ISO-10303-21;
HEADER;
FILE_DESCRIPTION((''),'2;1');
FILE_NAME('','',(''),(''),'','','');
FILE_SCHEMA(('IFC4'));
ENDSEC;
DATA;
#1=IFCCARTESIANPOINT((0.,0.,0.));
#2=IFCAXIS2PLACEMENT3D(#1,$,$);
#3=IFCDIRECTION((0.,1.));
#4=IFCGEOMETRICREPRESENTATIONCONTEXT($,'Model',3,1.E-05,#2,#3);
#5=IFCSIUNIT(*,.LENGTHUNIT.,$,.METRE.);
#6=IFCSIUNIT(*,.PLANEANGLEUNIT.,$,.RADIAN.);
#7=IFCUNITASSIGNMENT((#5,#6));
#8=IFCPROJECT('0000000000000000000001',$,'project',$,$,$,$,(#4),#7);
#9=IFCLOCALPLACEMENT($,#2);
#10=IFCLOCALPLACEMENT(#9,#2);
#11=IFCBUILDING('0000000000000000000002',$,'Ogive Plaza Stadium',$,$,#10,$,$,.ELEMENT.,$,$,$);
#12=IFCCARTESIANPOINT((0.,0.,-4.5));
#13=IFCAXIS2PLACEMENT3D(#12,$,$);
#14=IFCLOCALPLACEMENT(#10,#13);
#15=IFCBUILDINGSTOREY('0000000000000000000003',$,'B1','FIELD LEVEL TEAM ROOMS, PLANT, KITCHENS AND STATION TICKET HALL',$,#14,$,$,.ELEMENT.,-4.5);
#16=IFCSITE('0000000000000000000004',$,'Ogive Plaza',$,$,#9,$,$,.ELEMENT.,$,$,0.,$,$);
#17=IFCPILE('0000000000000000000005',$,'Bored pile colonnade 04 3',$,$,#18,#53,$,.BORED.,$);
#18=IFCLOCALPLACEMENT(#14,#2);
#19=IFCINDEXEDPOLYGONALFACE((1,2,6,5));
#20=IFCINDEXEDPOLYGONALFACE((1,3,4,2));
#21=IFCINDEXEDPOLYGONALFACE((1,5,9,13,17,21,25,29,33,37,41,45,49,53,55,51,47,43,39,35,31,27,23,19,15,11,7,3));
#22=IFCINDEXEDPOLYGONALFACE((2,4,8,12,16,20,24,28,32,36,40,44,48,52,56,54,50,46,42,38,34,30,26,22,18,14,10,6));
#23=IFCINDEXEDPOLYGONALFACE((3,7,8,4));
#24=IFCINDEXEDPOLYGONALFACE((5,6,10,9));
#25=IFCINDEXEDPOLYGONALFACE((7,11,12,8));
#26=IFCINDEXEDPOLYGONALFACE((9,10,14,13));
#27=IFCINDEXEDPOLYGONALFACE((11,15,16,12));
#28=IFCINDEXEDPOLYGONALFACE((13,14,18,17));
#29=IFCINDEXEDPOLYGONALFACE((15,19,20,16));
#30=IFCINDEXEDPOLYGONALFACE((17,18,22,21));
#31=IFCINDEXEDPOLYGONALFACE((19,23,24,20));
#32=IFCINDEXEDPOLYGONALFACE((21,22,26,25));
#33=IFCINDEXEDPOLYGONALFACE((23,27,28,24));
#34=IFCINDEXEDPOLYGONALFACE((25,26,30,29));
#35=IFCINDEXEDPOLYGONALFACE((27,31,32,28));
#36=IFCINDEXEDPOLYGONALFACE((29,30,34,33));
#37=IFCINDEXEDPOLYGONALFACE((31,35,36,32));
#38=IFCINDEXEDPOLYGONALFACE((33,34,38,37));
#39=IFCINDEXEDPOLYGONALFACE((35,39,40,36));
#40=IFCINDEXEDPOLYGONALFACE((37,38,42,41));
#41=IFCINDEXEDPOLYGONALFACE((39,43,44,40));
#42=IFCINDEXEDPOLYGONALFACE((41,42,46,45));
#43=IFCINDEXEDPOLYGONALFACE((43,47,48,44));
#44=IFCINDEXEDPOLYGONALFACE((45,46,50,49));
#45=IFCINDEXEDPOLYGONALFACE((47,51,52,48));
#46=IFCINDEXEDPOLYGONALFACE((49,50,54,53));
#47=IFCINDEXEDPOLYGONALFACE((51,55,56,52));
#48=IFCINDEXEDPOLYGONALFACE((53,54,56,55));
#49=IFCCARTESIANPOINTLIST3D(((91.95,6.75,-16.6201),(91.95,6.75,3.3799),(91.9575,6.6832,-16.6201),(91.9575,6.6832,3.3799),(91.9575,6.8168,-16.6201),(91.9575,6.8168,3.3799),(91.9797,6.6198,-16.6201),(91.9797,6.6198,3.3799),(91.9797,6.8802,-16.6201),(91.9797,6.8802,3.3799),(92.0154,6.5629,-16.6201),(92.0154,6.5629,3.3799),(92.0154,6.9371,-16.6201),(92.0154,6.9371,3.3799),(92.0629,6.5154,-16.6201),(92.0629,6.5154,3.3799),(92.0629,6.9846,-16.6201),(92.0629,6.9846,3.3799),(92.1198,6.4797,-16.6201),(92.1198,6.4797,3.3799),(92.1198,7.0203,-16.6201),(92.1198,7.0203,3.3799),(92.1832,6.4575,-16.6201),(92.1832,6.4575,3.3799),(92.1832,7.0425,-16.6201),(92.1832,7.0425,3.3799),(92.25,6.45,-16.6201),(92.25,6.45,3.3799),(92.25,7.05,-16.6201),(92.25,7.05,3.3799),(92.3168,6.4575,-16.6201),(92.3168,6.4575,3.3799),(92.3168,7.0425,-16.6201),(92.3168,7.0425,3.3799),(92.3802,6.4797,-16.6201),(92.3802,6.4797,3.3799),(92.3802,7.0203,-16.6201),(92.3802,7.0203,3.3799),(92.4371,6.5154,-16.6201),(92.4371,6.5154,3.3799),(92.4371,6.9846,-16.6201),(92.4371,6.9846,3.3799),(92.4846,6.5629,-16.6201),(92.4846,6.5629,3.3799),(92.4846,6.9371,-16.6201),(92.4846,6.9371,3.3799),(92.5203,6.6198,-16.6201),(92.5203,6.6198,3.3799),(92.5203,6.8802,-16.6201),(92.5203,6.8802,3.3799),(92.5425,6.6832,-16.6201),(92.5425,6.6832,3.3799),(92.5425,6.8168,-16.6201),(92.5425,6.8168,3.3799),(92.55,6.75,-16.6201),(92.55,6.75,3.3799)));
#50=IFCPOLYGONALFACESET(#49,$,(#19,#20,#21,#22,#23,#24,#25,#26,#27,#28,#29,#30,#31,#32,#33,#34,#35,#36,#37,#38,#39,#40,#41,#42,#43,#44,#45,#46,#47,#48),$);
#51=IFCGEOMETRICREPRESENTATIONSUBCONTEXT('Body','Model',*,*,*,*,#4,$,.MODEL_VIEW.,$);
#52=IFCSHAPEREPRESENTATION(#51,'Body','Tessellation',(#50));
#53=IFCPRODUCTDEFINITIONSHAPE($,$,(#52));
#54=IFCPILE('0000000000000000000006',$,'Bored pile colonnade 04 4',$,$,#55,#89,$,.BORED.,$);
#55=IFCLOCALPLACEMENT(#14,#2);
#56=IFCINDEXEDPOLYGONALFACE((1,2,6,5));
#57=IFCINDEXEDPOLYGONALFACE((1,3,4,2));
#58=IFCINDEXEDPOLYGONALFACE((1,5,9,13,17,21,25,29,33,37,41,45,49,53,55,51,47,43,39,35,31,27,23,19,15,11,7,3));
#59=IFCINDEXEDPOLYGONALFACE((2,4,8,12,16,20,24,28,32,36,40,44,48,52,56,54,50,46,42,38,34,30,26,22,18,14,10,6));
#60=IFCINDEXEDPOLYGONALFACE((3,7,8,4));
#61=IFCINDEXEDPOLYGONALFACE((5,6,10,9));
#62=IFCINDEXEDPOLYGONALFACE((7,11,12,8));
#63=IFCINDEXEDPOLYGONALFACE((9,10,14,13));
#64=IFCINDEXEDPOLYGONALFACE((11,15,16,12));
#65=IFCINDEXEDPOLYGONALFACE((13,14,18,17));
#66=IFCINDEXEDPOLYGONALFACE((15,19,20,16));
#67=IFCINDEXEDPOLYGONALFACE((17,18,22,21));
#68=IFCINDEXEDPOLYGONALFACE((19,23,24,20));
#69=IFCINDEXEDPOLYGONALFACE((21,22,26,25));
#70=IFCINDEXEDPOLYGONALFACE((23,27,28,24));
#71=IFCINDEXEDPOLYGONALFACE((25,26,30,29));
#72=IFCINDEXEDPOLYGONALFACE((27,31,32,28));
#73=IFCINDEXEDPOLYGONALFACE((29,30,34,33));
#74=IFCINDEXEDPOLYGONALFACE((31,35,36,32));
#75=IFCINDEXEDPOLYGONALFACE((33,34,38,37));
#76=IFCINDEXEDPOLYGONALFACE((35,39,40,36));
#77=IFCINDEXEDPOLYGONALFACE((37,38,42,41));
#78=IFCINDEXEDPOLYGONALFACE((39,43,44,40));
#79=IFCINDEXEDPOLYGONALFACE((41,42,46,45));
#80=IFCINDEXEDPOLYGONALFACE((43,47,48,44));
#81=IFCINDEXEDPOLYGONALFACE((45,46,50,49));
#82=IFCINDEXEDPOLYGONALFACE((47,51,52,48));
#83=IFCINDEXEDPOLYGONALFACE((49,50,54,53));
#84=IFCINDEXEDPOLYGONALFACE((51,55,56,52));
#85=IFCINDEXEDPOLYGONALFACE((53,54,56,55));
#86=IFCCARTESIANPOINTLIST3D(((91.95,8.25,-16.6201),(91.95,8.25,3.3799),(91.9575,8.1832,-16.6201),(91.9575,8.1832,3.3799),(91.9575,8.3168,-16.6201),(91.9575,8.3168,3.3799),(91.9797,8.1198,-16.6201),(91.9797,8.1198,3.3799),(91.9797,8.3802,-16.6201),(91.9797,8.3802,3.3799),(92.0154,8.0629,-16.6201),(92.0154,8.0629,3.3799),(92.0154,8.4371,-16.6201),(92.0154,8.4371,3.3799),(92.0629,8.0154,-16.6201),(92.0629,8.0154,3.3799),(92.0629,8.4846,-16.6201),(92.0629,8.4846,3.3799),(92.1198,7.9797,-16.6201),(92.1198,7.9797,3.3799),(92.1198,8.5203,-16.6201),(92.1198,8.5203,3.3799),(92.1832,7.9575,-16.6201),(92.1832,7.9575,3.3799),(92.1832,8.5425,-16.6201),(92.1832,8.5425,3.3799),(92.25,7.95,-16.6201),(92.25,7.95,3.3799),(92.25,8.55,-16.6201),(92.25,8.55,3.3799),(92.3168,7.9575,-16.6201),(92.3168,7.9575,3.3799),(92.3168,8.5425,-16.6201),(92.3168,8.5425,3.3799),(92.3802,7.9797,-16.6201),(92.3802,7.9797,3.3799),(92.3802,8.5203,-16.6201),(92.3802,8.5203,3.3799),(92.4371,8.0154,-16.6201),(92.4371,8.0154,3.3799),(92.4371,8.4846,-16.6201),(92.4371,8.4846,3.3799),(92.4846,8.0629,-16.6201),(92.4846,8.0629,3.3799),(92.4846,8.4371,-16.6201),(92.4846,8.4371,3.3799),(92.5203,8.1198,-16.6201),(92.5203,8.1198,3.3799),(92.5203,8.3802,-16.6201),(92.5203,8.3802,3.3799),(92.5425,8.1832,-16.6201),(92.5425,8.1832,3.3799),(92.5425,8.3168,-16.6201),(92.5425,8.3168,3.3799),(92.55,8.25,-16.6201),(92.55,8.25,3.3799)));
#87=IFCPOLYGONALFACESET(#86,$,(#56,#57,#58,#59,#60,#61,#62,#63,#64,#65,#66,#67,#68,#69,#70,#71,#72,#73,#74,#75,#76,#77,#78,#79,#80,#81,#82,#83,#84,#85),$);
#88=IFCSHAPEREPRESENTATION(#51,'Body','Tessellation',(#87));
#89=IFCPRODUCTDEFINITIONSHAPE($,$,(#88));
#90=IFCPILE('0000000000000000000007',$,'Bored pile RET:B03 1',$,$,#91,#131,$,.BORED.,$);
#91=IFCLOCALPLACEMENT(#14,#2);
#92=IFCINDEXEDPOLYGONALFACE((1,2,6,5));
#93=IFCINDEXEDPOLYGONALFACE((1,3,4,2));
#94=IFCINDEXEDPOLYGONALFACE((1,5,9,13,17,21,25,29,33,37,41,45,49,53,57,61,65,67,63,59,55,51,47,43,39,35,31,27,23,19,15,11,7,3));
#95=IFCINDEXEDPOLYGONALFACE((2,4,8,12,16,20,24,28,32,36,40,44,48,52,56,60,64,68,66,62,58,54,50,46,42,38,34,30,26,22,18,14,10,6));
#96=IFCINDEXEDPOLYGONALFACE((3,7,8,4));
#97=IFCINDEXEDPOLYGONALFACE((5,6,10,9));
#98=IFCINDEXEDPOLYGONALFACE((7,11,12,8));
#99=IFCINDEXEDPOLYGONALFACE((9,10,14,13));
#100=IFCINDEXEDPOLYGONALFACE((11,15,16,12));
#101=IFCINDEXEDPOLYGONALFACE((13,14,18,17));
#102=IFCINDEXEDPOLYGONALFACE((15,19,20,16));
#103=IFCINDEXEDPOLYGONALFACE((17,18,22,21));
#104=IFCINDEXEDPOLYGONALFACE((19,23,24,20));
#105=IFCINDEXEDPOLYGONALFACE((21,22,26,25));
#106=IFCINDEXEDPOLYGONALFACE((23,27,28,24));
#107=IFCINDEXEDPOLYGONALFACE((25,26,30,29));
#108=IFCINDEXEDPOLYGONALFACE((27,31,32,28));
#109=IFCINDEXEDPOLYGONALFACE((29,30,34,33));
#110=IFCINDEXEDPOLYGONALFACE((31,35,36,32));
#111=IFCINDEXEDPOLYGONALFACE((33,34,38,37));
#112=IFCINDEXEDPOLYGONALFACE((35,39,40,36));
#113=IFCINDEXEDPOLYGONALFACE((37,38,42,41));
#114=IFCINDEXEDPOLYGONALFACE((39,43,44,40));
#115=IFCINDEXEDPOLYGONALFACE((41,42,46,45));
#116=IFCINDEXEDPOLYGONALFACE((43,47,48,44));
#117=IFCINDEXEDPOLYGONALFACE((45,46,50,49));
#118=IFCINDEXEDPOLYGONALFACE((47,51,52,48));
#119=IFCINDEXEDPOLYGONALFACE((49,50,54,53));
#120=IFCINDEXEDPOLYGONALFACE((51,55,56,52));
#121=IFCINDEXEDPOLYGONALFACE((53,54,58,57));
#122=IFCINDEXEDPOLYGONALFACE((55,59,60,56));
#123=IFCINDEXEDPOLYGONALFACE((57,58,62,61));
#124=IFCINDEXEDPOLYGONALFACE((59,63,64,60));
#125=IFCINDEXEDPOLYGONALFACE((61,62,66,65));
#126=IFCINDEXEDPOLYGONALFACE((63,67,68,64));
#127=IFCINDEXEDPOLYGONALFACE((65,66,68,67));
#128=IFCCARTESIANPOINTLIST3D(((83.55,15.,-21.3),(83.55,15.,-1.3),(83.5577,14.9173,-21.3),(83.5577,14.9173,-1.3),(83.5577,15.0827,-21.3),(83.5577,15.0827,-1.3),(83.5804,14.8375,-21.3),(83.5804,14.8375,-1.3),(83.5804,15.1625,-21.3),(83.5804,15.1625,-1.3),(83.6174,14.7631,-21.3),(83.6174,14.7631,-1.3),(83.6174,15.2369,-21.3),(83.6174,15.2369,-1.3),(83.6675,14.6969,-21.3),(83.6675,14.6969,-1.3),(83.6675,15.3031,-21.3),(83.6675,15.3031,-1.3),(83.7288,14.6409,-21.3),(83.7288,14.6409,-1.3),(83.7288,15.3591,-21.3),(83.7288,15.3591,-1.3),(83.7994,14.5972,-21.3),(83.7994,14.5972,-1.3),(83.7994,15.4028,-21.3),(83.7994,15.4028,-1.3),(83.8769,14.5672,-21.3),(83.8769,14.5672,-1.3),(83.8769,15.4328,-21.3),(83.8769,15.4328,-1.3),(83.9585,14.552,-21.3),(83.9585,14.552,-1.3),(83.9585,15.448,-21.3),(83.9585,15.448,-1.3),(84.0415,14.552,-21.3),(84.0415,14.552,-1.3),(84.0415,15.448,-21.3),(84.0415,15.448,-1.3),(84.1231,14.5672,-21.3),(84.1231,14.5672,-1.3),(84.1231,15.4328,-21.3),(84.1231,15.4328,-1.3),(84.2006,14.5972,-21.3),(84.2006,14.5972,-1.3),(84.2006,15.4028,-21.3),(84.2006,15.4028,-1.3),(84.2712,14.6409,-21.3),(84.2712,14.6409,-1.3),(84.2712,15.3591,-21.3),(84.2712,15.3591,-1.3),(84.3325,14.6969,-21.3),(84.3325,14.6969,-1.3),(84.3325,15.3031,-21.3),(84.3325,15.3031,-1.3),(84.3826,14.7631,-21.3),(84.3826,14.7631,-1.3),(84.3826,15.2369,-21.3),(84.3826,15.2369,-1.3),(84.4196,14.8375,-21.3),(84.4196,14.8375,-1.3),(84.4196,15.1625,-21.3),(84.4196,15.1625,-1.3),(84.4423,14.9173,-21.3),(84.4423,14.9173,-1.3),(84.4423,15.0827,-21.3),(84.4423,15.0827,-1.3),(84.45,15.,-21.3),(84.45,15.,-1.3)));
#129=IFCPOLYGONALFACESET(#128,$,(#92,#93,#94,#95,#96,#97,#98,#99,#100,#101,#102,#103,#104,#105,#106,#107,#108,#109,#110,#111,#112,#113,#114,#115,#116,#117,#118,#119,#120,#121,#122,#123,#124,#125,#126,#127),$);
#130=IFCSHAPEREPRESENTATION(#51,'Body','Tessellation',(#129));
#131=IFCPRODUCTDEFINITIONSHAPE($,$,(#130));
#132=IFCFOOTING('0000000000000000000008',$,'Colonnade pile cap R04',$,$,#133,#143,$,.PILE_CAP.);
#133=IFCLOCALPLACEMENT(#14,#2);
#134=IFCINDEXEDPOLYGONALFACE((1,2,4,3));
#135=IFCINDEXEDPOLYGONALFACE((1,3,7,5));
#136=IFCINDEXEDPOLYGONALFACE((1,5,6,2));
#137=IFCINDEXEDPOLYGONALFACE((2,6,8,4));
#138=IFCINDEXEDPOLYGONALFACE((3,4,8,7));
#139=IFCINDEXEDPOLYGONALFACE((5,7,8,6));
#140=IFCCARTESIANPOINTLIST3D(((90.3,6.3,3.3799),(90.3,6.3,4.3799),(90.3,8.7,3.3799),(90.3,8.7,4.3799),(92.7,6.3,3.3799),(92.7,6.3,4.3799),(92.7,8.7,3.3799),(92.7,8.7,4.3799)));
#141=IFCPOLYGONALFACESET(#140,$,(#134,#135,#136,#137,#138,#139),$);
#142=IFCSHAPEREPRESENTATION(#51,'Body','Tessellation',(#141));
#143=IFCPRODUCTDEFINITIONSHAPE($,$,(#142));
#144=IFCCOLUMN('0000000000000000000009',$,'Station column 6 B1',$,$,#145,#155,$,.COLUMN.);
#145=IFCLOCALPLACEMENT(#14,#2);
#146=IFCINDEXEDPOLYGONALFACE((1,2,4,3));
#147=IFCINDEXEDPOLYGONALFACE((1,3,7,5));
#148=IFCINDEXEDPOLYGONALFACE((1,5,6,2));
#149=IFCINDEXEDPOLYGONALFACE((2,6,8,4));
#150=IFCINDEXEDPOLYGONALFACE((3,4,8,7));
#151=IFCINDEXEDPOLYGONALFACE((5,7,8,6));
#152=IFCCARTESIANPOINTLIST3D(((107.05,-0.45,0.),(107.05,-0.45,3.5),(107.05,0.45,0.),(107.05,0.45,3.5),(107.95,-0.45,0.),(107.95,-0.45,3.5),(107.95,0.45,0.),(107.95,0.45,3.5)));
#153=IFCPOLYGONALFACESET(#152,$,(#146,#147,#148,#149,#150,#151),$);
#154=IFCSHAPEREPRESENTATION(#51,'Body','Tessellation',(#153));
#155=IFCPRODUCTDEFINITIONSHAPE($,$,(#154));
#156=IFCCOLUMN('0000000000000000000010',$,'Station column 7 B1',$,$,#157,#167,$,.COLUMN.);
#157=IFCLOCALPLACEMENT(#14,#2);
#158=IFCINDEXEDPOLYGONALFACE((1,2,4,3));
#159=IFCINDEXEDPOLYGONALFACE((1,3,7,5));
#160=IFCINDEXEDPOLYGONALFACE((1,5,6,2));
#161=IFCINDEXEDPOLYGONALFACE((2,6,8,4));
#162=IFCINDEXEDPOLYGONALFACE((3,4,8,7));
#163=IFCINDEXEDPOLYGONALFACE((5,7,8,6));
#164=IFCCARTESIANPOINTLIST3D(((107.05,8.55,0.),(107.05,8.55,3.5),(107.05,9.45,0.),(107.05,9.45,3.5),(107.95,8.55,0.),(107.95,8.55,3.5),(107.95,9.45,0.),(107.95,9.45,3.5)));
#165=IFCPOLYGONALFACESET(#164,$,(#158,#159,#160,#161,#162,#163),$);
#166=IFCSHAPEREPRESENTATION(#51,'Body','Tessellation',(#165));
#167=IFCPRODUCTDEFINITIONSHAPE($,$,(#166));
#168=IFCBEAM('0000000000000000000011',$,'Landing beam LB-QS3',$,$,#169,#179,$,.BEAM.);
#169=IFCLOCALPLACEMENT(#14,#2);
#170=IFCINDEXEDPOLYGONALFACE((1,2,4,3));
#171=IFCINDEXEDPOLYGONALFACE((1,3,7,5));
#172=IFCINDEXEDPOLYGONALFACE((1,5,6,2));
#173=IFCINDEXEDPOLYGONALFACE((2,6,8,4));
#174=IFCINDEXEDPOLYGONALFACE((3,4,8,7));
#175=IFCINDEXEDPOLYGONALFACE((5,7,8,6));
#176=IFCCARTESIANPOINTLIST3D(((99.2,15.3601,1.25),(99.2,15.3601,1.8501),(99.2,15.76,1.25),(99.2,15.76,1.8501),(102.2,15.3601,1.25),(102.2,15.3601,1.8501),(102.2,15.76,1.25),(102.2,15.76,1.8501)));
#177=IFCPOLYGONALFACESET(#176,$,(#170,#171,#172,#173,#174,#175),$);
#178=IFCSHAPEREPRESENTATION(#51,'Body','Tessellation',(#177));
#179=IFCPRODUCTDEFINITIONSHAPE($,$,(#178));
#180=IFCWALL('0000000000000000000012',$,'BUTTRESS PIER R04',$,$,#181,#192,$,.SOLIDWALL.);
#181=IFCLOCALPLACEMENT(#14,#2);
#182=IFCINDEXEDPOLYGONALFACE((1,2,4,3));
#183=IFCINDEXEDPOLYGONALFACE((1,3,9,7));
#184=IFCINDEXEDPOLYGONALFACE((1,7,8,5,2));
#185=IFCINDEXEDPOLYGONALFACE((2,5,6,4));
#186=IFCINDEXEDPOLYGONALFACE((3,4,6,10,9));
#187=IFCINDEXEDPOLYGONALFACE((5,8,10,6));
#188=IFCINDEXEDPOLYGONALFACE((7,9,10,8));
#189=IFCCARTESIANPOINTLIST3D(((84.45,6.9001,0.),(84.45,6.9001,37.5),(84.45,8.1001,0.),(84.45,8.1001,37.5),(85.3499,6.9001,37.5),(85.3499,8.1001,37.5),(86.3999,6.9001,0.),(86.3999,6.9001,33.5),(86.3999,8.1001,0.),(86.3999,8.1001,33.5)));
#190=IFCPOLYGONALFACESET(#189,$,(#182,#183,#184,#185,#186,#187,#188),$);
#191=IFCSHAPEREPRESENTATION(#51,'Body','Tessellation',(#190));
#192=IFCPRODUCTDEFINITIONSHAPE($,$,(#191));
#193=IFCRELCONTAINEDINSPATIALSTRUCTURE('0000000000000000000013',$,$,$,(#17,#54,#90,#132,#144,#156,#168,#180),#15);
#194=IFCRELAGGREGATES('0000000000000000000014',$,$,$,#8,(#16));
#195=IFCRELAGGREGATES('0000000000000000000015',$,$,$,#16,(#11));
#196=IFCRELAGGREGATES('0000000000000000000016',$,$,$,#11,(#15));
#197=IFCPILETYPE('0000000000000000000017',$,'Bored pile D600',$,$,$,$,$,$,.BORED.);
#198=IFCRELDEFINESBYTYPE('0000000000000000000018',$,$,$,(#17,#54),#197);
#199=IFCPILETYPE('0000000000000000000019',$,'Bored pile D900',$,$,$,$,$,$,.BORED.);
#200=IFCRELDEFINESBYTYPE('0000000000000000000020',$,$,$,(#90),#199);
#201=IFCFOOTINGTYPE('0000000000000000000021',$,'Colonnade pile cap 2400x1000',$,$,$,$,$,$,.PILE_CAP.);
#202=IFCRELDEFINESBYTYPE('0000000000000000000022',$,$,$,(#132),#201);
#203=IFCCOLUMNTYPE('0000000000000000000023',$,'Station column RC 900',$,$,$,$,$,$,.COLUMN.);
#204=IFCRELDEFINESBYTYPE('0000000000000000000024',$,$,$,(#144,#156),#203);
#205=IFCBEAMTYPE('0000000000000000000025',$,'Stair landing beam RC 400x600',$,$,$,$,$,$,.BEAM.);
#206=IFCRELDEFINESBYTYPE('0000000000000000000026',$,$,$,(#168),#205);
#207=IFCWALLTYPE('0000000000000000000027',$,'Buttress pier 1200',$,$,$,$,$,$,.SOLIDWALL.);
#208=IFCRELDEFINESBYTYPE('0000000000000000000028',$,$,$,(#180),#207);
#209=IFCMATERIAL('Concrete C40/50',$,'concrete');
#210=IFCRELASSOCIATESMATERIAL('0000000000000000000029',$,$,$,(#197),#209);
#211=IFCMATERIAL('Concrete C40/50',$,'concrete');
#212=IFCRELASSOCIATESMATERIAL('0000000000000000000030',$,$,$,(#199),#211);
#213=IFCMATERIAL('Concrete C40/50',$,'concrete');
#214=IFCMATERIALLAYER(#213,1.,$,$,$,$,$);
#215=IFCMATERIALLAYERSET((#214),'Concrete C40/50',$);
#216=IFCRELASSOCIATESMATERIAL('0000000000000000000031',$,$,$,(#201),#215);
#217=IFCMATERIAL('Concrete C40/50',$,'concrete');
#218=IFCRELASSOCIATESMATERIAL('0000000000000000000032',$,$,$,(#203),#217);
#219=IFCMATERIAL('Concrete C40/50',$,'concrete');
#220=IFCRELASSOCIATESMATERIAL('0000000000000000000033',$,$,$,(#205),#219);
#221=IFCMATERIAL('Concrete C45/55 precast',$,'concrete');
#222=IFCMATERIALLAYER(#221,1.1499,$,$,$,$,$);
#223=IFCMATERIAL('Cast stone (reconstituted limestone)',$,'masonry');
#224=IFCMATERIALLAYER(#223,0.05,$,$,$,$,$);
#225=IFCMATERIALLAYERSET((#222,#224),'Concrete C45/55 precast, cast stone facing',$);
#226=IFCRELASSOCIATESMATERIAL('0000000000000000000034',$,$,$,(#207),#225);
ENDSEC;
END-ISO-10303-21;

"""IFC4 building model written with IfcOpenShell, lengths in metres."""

from ifc_helpers import new_model, si_unit, direction, frame, origin, origin_2d, place, context, subcontext, project, spatial, polyline, rectangle, circle, outline, extrude, material, layer, layer_set, material_profile, profile_set, type_object, element, save


model = new_model("IFC4")

# Units and contexts
model_context = context("Model", 3, precision=1e-05, world=origin(), true_north=direction((0.0, 1.0)))
body_context = subcontext(model_context, "Body", "Model", "MODEL_VIEW")
ifc_project = project(units=[si_unit("LENGTHUNIT", "METRE"), si_unit("PLANEANGLEUNIT", "RADIAN")], contexts=[model_context])

# Site, building, storey
site_placement = place(None, origin())
site = spatial("IfcSite", under=ifc_project, at=site_placement, Name="Ogive Plaza", CompositionType="ELEMENT", RefElevation=0.0)
building_placement = place(site_placement, origin())
building = spatial("IfcBuilding", under=site, at=building_placement, Name="Ogive Plaza Stadium", CompositionType="ELEMENT")
storey_placement = place(building_placement, frame((0.0, 0.0, -4.5)))
storey = spatial("IfcBuildingStorey", under=building, at=storey_placement, Name="B1", Description="FIELD LEVEL TEAM ROOMS, PLANT, KITCHENS AND STATION TICKET HALL", CompositionType="ELEMENT", Elevation=-4.5)

# Piles
ifc_material_1 = material(Name="Concrete C40/50", Category="concrete")
ifc_material_profile_1 = material_profile(ifc_material_1, circle(Radius=0.3, at=origin_2d()), Name="RC D600")
ifc_profile_set_1 = profile_set([ifc_material_profile_1], Name="Concrete C40/50")
pile_type_1 = type_object("IfcPileType", Name="Bored pile D600", PredefinedType="BORED", material=ifc_profile_set_1)
for number, where, z_axis, x_axis, name in (
    (1, (92.25, 6.75, 3.3799), (0.0, 0.0, -1.0), (1.0, 0.0, 0.0), "Bored pile colonnade 04 3"),
    (2, (92.25, 8.25, 3.3799), (0.0, 0.0, -1.0), (1.0, 0.0, 0.0), "Bored pile colonnade 04 4"),
):
    element("IfcPile", number, at=place(storey_placement, frame(where, z_axis=z_axis, x_axis=x_axis)), inside=storey, type_object=pile_type_1, Name=name, PredefinedType="BORED", context=body_context, shape_type="SweptSolid", body=[
        extrude(circle(Radius=0.3, at=origin_2d()), origin(), (0.0, 0.0, 1.0), 20.0),
    ])
ifc_material_2 = material(Name="Concrete C40/50", Category="concrete")
ifc_material_profile_2 = material_profile(ifc_material_2, circle(Radius=0.45, at=origin_2d()), Name="RC D900")
ifc_profile_set_2 = profile_set([ifc_material_profile_2], Name="Concrete C40/50")
pile_type_2 = type_object("IfcPileType", Name="Bored pile D900", PredefinedType="BORED", material=ifc_profile_set_2)
pile_placement = place(storey_placement, frame((84.0, 15.0, -1.3), z_axis=(0.0, 0.0, -1.0), x_axis=(1.0, 0.0, 0.0)))
element("IfcPile", 3, at=pile_placement, inside=storey, type_object=pile_type_2, Name="Bored pile RET:B03 1", PredefinedType="BORED", context=body_context, shape_type="SweptSolid", body=[
    extrude(circle(Radius=0.45, at=origin_2d()), origin(), (0.0, 0.0, 1.0), 20.0),
])

# Footing
ifc_material_3 = material(Name="Concrete C40/50", Category="concrete")
ifc_layer_1 = layer(ifc_material_3, 1.0)
ifc_layer_set_1 = layer_set([ifc_layer_1], Name="Concrete C40/50")
footing_type = type_object("IfcFootingType", Name="Colonnade pile cap 2400x1000", PredefinedType="PILE_CAP", material=ifc_layer_set_1)
footing_placement = place(storey_placement, frame((91.5, 7.5, 3.3799), z_axis=(0.0, 0.0, 1.0), x_axis=(1.0, 0.0, 0.0)))
element("IfcFooting", 4, at=footing_placement, inside=storey, type_object=footing_type, Name="Colonnade pile cap R04", PredefinedType="PILE_CAP", context=body_context, shape_type="SweptSolid", body=[
    extrude(rectangle(XDim=2.3999, YDim=2.3999, at=origin_2d()), origin(), (0.0, 0.0, 1.0), 1.0),
])

# Columns
ifc_material_4 = material(Name="Concrete C40/50", Category="concrete")
ifc_material_profile_3 = material_profile(ifc_material_4, rectangle(XDim=0.8999, YDim=0.8999, at=origin_2d()), Name="Station column RC 900")
ifc_profile_set_3 = profile_set([ifc_material_profile_3], Name="Concrete C40/50")
column_type = type_object("IfcColumnType", Name="Station column RC 900", PredefinedType="COLUMN", material=ifc_profile_set_3)
for number, where, z_axis, x_axis, name in (
    (5, (107.5, 0.0, 0.0), (0.0, 0.0, 1.0), (1.0, 0.0, 0.0), "Station column 6 B1"),
    (6, (107.5, 9.0, 0.0), (0.0, 0.0, 1.0), (1.0, 0.0, 0.0), "Station column 7 B1"),
):
    element("IfcColumn", number, at=place(storey_placement, frame(where, z_axis=z_axis, x_axis=x_axis)), inside=storey, type_object=column_type, Name=name, PredefinedType="COLUMN", context=body_context, shape_type="SweptSolid", body=[
        extrude(rectangle(XDim=0.8999, YDim=0.8999, at=origin_2d()), origin(), (0.0, 0.0, 1.0), 3.5),
    ])

# Beam
ifc_material_5 = material(Name="Concrete C40/50", Category="concrete")
ifc_material_profile_4 = material_profile(ifc_material_5, rectangle(XDim=0.3999, YDim=0.6001, at=origin_2d()), Name="Stair landing beam RC 400x600")
ifc_profile_set_4 = profile_set([ifc_material_profile_4], Name="Concrete C40/50")
beam_type = type_object("IfcBeamType", Name="Stair landing beam RC 400x600", PredefinedType="BEAM", material=ifc_profile_set_4)
beam_placement = place(storey_placement, frame((99.2, 15.5601, 1.55), z_axis=(1.0, 0.0, 0.0), x_axis=(0.0, 1.0, 0.0)))
element("IfcBeam", 7, at=beam_placement, inside=storey, type_object=beam_type, Name="Landing beam LB-QS3", PredefinedType="BEAM", context=body_context, shape_type="SweptSolid", body=[
    extrude(rectangle(XDim=0.3999, YDim=0.6001, at=origin_2d()), origin(), (0.0, 0.0, 1.0), 3.0),
])

# Wall
ifc_material_6 = material(Name="Concrete C45/55 precast", Category="concrete")
ifc_layer_2 = layer(ifc_material_6, 1.1499)
ifc_material_7 = material(Name="Cast stone (reconstituted limestone)", Category="masonry")
ifc_layer_3 = layer(ifc_material_7, 0.05)
ifc_layer_set_2 = layer_set([ifc_layer_2, ifc_layer_3], Name="Concrete C45/55 precast, cast stone facing")
wall_type_1 = type_object("IfcWallType", Name="Buttress pier 1200", PredefinedType="SOLIDWALL", material=ifc_layer_set_2)
wall_1_placement = place(storey_placement, frame((84.45, 7.5, 0.0), z_axis=(0.0, 0.0, 1.0), x_axis=(1.0, 0.0, 0.0)))
element("IfcWall", 8, at=wall_1_placement, inside=storey, type_object=wall_type_1, Name="BUTTRESS PIER R04", PredefinedType="SOLIDWALL", context=body_context, shape_type="SweptSolid", body=[
    extrude(outline(polyline([(0.0, 0.0), (1.95, 0.0), (1.95, 33.5), (0.8999, 37.5), (0.0, 37.5), (0.0, 0.0)])), frame((0.0, 0.6001, 0.0), z_axis=(0.0, -1.0, 0.0), x_axis=(1.0, 0.0, 0.0)), (0.0, 0.0, 1.0), 1.2),
])

save(model, "model.ifc")
